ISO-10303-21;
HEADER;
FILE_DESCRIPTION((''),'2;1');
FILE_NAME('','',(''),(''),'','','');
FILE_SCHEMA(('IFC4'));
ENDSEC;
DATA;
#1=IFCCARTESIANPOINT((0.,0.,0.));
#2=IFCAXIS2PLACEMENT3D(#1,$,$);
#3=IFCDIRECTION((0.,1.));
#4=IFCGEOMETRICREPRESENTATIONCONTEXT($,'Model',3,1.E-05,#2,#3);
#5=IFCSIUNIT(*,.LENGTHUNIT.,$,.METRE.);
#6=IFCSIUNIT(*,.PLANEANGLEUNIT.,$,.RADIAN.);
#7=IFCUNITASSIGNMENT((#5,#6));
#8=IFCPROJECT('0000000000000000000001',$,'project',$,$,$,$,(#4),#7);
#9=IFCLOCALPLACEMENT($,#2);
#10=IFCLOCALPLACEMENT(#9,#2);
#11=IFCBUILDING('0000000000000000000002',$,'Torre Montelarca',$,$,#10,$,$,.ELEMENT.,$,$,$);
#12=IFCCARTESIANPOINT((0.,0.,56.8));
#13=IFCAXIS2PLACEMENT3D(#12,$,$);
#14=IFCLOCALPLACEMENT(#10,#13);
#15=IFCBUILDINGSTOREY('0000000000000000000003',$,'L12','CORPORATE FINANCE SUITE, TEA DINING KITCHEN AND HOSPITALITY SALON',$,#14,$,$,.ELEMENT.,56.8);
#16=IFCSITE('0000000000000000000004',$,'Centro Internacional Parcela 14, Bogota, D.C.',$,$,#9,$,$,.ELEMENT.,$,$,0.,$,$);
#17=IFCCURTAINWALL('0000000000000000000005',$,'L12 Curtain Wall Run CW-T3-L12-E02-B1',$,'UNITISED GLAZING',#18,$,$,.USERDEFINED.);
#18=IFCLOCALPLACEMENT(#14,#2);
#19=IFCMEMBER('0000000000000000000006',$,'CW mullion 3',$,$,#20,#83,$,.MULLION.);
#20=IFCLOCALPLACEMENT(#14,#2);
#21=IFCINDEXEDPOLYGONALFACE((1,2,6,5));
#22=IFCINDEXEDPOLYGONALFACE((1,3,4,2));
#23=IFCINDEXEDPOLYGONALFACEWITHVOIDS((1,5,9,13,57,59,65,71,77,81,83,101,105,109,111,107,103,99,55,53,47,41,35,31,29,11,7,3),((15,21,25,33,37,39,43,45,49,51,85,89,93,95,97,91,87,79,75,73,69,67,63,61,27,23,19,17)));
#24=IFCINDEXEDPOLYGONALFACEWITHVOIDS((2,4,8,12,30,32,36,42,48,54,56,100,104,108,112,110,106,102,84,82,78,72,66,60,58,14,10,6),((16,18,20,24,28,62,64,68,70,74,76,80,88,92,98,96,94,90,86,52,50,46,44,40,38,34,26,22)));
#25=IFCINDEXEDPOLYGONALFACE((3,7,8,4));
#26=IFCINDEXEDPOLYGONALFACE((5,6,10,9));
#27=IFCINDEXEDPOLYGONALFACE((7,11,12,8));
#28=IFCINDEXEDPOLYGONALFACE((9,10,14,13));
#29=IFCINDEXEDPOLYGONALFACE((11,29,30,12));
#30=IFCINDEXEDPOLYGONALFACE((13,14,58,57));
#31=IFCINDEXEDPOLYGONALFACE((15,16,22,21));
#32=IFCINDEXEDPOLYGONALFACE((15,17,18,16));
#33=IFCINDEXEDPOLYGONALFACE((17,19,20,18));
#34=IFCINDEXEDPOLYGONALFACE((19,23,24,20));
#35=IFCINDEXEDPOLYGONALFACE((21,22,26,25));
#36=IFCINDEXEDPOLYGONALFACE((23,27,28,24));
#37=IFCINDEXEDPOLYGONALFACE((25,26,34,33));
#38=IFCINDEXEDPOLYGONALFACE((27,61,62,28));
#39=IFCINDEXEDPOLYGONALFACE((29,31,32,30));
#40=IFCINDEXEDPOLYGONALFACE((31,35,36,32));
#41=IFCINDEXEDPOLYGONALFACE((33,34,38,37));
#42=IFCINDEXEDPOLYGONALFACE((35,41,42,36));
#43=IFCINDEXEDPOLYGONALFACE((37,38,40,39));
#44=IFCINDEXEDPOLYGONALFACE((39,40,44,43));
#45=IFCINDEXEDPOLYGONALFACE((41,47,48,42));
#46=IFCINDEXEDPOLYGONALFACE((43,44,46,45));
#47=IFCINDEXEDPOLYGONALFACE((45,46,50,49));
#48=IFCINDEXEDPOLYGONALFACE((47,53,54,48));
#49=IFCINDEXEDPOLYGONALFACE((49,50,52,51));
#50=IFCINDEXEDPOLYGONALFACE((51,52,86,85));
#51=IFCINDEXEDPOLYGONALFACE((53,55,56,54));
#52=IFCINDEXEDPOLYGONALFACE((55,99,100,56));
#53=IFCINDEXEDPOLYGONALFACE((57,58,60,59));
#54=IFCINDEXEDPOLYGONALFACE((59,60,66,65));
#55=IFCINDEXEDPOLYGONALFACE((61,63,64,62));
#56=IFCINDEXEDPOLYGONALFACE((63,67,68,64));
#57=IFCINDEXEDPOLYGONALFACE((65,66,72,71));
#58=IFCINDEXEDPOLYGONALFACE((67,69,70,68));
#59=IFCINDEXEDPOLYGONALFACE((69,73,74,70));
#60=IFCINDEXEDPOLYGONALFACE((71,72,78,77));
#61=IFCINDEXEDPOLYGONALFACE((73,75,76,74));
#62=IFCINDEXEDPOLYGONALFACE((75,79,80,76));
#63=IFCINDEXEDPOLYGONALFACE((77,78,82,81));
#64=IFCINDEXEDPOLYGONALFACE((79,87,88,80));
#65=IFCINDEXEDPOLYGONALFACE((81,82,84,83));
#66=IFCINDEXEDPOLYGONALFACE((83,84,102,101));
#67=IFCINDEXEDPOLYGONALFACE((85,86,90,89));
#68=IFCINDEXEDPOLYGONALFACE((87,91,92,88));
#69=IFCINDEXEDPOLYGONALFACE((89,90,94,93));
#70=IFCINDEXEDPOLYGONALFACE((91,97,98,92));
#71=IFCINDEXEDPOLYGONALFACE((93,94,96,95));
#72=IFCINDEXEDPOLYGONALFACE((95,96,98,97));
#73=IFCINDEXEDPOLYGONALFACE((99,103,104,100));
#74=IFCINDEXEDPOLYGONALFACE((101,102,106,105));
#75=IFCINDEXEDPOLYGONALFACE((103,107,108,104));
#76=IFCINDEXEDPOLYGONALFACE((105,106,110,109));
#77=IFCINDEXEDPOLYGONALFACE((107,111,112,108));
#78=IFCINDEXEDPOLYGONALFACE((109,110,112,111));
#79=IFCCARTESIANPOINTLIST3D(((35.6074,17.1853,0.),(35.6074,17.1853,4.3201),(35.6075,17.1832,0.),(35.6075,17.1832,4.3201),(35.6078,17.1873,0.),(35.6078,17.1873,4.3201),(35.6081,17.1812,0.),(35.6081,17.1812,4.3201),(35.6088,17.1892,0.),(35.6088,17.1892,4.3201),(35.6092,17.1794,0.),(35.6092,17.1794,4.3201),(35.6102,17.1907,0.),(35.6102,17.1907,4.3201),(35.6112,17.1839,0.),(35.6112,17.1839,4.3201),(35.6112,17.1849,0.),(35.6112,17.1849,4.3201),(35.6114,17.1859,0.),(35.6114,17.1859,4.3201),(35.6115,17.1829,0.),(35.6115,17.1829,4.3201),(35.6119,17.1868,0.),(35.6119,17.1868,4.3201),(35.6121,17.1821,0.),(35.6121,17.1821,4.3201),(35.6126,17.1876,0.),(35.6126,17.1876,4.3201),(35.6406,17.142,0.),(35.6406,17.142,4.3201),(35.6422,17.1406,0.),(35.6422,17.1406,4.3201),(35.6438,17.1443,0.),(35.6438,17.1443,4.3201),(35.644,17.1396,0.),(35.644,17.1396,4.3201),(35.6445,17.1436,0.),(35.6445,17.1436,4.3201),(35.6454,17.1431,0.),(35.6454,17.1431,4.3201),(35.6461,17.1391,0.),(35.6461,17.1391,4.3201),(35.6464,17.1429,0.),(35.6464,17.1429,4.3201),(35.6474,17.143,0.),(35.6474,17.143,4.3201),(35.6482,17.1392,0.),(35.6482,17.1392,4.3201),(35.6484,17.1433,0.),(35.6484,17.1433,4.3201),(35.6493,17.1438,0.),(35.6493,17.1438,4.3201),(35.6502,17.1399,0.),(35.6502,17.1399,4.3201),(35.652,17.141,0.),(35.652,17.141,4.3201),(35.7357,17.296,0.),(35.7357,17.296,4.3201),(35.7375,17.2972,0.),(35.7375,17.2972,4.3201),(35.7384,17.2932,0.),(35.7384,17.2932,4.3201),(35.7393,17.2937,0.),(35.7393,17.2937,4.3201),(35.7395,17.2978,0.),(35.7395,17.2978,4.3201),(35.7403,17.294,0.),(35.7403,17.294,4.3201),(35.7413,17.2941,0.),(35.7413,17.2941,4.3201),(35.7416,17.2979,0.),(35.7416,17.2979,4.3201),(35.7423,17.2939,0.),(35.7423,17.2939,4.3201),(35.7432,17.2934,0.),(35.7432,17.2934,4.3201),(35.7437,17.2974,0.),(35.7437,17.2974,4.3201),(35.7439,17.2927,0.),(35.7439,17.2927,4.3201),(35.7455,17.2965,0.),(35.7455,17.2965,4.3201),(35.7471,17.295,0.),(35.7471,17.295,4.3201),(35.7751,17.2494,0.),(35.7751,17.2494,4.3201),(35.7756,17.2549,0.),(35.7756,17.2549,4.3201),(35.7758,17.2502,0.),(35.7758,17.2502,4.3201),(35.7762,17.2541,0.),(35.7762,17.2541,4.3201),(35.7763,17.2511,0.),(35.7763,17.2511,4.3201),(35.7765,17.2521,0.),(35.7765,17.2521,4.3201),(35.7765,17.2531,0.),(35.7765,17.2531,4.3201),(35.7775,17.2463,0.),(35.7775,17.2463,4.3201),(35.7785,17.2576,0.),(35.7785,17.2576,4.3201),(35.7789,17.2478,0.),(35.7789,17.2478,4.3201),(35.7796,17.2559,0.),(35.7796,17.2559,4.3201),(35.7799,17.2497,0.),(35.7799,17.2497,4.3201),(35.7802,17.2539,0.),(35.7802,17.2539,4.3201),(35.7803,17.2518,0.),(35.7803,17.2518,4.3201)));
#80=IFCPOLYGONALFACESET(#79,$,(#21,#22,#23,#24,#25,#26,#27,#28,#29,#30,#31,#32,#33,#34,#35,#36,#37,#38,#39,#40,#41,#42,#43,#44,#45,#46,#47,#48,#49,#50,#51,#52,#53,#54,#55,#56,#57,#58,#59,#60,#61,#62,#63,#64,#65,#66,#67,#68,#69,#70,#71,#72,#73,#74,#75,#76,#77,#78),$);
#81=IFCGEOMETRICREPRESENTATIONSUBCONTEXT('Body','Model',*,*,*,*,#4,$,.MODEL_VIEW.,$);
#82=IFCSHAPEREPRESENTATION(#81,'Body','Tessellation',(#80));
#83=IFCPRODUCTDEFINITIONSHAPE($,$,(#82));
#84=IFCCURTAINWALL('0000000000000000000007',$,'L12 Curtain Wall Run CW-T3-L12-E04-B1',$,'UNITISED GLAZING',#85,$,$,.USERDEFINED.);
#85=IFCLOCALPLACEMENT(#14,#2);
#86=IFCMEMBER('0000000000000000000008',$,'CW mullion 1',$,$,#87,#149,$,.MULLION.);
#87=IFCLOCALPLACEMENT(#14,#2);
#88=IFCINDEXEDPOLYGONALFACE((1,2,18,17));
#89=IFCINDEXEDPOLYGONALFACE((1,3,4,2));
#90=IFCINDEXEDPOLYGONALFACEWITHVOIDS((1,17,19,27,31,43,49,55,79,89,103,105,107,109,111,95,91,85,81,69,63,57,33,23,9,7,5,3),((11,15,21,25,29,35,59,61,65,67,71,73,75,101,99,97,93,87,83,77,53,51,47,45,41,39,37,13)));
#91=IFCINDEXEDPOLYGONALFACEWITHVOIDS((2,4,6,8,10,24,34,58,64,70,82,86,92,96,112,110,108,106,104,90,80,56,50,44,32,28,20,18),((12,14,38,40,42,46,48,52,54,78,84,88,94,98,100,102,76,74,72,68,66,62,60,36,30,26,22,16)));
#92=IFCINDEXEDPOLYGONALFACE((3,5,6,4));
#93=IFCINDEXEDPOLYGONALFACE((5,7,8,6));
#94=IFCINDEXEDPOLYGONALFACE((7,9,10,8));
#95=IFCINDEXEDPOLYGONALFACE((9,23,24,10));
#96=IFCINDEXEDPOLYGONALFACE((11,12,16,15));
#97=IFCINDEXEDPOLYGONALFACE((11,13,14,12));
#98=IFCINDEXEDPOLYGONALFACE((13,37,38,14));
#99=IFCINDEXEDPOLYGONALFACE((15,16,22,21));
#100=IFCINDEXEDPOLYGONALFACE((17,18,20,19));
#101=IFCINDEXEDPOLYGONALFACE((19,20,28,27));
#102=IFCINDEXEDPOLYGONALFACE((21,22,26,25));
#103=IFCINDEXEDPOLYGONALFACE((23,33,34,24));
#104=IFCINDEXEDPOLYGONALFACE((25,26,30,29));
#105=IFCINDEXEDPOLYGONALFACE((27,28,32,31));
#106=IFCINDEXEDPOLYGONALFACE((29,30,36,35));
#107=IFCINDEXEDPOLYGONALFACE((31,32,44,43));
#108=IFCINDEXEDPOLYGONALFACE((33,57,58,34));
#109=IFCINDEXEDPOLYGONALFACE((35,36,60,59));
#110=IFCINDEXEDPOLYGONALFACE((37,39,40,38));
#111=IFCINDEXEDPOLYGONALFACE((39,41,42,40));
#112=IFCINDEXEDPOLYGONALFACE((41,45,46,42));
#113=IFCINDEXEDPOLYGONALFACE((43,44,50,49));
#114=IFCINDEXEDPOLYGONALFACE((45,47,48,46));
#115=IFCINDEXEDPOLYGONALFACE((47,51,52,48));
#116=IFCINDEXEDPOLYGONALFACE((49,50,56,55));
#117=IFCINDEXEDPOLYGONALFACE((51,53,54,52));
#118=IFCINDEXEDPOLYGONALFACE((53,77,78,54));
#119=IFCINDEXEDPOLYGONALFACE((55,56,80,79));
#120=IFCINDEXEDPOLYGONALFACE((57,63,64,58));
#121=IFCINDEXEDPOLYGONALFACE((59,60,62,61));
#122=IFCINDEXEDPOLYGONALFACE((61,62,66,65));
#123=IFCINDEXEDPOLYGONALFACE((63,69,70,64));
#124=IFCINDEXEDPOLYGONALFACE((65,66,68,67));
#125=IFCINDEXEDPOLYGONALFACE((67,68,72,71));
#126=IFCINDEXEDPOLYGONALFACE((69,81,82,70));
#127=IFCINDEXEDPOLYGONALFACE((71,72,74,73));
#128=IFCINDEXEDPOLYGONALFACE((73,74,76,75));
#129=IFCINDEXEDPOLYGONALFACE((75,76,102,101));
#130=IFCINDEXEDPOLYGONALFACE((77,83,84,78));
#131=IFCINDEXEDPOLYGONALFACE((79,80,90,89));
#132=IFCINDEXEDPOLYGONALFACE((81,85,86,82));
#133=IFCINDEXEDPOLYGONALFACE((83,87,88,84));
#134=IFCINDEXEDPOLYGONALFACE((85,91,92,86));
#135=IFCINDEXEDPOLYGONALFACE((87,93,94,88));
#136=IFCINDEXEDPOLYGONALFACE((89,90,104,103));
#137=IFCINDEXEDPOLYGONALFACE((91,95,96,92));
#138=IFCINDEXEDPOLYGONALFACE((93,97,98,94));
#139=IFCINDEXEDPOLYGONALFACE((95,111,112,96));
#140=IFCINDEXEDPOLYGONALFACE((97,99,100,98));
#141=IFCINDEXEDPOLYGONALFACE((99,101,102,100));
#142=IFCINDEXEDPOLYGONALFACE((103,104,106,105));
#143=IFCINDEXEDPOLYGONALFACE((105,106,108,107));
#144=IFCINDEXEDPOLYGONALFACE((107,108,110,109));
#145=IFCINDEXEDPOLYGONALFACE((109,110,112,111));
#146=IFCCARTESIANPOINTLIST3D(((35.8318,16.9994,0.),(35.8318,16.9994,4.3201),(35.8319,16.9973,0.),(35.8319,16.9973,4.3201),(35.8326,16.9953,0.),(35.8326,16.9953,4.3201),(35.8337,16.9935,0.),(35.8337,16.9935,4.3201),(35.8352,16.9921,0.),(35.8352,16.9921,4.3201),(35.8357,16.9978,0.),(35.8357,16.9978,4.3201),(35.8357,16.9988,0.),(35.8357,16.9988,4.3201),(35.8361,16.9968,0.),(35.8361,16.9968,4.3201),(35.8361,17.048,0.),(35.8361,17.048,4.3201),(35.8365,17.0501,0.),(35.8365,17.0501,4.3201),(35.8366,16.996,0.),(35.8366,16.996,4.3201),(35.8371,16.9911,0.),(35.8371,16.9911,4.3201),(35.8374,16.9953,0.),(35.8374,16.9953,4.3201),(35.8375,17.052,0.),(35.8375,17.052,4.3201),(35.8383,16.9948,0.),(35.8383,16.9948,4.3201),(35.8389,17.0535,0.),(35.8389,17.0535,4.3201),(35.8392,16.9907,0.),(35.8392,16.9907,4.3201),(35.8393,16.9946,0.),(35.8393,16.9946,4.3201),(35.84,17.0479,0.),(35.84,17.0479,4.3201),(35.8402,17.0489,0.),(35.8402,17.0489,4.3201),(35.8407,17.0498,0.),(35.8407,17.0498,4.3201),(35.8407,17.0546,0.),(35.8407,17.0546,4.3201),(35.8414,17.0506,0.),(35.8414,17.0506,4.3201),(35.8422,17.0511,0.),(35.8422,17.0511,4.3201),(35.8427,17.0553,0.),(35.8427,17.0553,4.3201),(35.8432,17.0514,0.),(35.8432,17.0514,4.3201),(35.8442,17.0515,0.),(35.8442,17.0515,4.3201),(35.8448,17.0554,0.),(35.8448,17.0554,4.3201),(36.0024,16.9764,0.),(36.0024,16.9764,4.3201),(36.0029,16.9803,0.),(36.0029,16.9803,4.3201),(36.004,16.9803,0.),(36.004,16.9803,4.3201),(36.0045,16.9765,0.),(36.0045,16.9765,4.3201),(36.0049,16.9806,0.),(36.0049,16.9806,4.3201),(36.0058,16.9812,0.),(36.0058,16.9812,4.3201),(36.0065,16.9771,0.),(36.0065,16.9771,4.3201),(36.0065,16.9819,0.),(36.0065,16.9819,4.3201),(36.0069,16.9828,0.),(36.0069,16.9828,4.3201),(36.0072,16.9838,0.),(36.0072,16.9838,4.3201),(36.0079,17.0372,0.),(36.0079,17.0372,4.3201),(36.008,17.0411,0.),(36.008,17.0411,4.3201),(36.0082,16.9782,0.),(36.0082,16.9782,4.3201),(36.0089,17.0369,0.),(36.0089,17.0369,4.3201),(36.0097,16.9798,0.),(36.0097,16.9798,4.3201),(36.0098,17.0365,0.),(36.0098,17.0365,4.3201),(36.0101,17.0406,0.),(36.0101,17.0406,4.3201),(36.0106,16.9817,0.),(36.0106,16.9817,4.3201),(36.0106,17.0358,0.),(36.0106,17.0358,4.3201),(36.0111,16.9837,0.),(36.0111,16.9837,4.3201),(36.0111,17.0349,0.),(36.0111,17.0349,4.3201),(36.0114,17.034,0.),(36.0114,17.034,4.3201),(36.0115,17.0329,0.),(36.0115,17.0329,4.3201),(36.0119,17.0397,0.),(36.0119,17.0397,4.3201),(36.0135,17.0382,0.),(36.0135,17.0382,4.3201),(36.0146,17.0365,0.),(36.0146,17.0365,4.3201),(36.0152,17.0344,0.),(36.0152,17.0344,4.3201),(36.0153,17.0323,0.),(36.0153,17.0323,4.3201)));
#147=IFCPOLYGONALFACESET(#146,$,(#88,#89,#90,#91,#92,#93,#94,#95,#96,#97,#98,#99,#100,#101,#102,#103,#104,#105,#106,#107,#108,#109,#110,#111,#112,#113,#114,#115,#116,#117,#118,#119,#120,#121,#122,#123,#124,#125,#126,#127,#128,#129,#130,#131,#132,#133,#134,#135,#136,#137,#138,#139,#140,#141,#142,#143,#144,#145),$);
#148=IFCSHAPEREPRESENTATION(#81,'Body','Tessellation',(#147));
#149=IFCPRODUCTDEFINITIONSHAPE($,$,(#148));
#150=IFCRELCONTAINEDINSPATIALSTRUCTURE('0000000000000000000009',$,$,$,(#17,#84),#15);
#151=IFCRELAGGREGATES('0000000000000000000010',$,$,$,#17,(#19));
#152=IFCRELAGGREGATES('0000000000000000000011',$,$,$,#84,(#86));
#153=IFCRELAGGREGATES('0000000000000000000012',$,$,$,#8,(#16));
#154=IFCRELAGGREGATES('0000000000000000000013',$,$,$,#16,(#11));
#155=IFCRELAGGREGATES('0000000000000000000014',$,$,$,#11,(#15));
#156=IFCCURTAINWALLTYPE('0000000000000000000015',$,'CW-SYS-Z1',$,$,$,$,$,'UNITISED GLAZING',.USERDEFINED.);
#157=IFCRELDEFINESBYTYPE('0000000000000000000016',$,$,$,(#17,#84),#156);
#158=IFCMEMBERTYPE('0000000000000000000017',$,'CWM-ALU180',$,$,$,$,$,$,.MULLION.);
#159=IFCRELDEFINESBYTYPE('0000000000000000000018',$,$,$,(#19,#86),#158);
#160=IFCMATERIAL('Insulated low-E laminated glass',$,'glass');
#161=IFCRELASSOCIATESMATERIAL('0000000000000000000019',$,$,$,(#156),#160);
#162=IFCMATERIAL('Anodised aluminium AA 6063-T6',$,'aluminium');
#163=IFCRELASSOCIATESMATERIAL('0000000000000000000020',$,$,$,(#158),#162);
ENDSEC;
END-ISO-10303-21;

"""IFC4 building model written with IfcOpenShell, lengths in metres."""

from ifc_helpers import new_model, si_unit, direction, frame, origin, origin_2d, place, context, subcontext, project, spatial, hollow_rectangle, extrude, source, transform, mapped, material, material_profile, profile_set, type_object, element, aggregate, save


model = new_model("IFC4")

# Units and contexts
model_context = context("Model", 3, precision=1e-05, world=origin(), true_north=direction((0.0, 1.0)))
body_context = subcontext(model_context, "Body", "Model", "MODEL_VIEW")
ifc_project = project(units=[si_unit("LENGTHUNIT", "METRE"), si_unit("PLANEANGLEUNIT", "RADIAN")], contexts=[model_context])

# Site, building, storey
site_placement = place(None, origin())
site = spatial("IfcSite", under=ifc_project, at=site_placement, Name="Centro Internacional Parcela 14, Bogota, D.C.", CompositionType="ELEMENT", RefElevation=0.0)
building_placement = place(site_placement, origin())
building = spatial("IfcBuilding", under=site, at=building_placement, Name="Torre Montelarca", CompositionType="ELEMENT")
storey_placement = place(building_placement, frame((0.0, 0.0, 56.8)))
storey = spatial("IfcBuildingStorey", under=building, at=storey_placement, Name="L12", Description="CORPORATE FINANCE SUITE, TEA DINING KITCHEN AND HOSPITALITY SALON", CompositionType="ELEMENT", Elevation=56.8)

# Shared definitions
ifc_material_1 = material(Name="Insulated low-E laminated glass", Category="glass")
curtain_wall_type = type_object("IfcCurtainWallType", Name="CW-SYS-Z1", ElementType="UNITISED GLAZING", PredefinedType="USERDEFINED", material=ifc_material_1)
ifc_material_2 = material(Name="Anodised aluminium AA 6063-T6", Category="aluminium")
ifc_material_profile_1 = material_profile(ifc_material_2, hollow_rectangle(XDim=0.0649, YDim=0.1799, WallThickness=0.0039, InnerFilletRadius=0.0039, OuterFilletRadius=0.0081, at=origin_2d()), Name="ALU65X180X4", Category="aluminium")
ifc_profile_set_1 = profile_set([ifc_material_profile_1], Name="Anodised aluminium AA 6063-T6")
member_type_1 = type_object("IfcMemberType", Name="CWM-ALU180", PredefinedType="MULLION", material=ifc_profile_set_1)
shared_shape_1 = source(origin(), body_context, "Body", "SweptSolid", [
    extrude(hollow_rectangle(XDim=0.0649, YDim=0.1799, WallThickness=0.0039, InnerFilletRadius=0.0039, OuterFilletRadius=0.0081, at=origin_2d()), origin(), (0.0, 0.0, 1.0), 4.3201),
])

# Curtain walls, members
curtain_wall_1_placement = place(storey_placement, origin())
curtain_wall_1 = element("IfcCurtainWall", 1, at=curtain_wall_1_placement, inside=storey, type_object=curtain_wall_type, Name="L12 Curtain Wall Run CW-T3-L12-E02-B1", ObjectType="UNITISED GLAZING", PredefinedType="USERDEFINED")
member_1_placement = place(storey_placement, frame((35.6938, 17.2185, 0.0), z_axis=(0.0, 0.0, 1.0), x_axis=(-0.642778, 0.766053, 0.0)))
member_1 = element("IfcMember", 2, at=member_1_placement, type_object=member_type_1, Name="CW mullion 3", PredefinedType="MULLION", context=body_context, shape_type="MappedRepresentation", body=[
    mapped(shared_shape_1, transform((0.0, 0.0, 0.0), scale=1.0)),
])
curtain_wall_2_placement = place(storey_placement, origin())
curtain_wall_2 = element("IfcCurtainWall", 3, at=curtain_wall_2_placement, inside=storey, type_object=curtain_wall_type, Name="L12 Curtain Wall Run CW-T3-L12-E04-B1", ObjectType="UNITISED GLAZING", PredefinedType="USERDEFINED")
member_2_placement = place(storey_placement, frame((35.9236, 17.0159, 0.0), z_axis=(0.0, 0.0, 1.0), x_axis=(0.087162, 0.996194, 0.0)))
member_2 = element("IfcMember", 4, at=member_2_placement, type_object=member_type_1, Name="CW mullion 1", PredefinedType="MULLION", context=body_context, shape_type="MappedRepresentation", body=[
    mapped(shared_shape_1, transform((0.0, 0.0, 0.0), scale=1.0)),
])

aggregate(curtain_wall_1, [member_1])
aggregate(curtain_wall_2, [member_2])

save(model, "model.ifc")
